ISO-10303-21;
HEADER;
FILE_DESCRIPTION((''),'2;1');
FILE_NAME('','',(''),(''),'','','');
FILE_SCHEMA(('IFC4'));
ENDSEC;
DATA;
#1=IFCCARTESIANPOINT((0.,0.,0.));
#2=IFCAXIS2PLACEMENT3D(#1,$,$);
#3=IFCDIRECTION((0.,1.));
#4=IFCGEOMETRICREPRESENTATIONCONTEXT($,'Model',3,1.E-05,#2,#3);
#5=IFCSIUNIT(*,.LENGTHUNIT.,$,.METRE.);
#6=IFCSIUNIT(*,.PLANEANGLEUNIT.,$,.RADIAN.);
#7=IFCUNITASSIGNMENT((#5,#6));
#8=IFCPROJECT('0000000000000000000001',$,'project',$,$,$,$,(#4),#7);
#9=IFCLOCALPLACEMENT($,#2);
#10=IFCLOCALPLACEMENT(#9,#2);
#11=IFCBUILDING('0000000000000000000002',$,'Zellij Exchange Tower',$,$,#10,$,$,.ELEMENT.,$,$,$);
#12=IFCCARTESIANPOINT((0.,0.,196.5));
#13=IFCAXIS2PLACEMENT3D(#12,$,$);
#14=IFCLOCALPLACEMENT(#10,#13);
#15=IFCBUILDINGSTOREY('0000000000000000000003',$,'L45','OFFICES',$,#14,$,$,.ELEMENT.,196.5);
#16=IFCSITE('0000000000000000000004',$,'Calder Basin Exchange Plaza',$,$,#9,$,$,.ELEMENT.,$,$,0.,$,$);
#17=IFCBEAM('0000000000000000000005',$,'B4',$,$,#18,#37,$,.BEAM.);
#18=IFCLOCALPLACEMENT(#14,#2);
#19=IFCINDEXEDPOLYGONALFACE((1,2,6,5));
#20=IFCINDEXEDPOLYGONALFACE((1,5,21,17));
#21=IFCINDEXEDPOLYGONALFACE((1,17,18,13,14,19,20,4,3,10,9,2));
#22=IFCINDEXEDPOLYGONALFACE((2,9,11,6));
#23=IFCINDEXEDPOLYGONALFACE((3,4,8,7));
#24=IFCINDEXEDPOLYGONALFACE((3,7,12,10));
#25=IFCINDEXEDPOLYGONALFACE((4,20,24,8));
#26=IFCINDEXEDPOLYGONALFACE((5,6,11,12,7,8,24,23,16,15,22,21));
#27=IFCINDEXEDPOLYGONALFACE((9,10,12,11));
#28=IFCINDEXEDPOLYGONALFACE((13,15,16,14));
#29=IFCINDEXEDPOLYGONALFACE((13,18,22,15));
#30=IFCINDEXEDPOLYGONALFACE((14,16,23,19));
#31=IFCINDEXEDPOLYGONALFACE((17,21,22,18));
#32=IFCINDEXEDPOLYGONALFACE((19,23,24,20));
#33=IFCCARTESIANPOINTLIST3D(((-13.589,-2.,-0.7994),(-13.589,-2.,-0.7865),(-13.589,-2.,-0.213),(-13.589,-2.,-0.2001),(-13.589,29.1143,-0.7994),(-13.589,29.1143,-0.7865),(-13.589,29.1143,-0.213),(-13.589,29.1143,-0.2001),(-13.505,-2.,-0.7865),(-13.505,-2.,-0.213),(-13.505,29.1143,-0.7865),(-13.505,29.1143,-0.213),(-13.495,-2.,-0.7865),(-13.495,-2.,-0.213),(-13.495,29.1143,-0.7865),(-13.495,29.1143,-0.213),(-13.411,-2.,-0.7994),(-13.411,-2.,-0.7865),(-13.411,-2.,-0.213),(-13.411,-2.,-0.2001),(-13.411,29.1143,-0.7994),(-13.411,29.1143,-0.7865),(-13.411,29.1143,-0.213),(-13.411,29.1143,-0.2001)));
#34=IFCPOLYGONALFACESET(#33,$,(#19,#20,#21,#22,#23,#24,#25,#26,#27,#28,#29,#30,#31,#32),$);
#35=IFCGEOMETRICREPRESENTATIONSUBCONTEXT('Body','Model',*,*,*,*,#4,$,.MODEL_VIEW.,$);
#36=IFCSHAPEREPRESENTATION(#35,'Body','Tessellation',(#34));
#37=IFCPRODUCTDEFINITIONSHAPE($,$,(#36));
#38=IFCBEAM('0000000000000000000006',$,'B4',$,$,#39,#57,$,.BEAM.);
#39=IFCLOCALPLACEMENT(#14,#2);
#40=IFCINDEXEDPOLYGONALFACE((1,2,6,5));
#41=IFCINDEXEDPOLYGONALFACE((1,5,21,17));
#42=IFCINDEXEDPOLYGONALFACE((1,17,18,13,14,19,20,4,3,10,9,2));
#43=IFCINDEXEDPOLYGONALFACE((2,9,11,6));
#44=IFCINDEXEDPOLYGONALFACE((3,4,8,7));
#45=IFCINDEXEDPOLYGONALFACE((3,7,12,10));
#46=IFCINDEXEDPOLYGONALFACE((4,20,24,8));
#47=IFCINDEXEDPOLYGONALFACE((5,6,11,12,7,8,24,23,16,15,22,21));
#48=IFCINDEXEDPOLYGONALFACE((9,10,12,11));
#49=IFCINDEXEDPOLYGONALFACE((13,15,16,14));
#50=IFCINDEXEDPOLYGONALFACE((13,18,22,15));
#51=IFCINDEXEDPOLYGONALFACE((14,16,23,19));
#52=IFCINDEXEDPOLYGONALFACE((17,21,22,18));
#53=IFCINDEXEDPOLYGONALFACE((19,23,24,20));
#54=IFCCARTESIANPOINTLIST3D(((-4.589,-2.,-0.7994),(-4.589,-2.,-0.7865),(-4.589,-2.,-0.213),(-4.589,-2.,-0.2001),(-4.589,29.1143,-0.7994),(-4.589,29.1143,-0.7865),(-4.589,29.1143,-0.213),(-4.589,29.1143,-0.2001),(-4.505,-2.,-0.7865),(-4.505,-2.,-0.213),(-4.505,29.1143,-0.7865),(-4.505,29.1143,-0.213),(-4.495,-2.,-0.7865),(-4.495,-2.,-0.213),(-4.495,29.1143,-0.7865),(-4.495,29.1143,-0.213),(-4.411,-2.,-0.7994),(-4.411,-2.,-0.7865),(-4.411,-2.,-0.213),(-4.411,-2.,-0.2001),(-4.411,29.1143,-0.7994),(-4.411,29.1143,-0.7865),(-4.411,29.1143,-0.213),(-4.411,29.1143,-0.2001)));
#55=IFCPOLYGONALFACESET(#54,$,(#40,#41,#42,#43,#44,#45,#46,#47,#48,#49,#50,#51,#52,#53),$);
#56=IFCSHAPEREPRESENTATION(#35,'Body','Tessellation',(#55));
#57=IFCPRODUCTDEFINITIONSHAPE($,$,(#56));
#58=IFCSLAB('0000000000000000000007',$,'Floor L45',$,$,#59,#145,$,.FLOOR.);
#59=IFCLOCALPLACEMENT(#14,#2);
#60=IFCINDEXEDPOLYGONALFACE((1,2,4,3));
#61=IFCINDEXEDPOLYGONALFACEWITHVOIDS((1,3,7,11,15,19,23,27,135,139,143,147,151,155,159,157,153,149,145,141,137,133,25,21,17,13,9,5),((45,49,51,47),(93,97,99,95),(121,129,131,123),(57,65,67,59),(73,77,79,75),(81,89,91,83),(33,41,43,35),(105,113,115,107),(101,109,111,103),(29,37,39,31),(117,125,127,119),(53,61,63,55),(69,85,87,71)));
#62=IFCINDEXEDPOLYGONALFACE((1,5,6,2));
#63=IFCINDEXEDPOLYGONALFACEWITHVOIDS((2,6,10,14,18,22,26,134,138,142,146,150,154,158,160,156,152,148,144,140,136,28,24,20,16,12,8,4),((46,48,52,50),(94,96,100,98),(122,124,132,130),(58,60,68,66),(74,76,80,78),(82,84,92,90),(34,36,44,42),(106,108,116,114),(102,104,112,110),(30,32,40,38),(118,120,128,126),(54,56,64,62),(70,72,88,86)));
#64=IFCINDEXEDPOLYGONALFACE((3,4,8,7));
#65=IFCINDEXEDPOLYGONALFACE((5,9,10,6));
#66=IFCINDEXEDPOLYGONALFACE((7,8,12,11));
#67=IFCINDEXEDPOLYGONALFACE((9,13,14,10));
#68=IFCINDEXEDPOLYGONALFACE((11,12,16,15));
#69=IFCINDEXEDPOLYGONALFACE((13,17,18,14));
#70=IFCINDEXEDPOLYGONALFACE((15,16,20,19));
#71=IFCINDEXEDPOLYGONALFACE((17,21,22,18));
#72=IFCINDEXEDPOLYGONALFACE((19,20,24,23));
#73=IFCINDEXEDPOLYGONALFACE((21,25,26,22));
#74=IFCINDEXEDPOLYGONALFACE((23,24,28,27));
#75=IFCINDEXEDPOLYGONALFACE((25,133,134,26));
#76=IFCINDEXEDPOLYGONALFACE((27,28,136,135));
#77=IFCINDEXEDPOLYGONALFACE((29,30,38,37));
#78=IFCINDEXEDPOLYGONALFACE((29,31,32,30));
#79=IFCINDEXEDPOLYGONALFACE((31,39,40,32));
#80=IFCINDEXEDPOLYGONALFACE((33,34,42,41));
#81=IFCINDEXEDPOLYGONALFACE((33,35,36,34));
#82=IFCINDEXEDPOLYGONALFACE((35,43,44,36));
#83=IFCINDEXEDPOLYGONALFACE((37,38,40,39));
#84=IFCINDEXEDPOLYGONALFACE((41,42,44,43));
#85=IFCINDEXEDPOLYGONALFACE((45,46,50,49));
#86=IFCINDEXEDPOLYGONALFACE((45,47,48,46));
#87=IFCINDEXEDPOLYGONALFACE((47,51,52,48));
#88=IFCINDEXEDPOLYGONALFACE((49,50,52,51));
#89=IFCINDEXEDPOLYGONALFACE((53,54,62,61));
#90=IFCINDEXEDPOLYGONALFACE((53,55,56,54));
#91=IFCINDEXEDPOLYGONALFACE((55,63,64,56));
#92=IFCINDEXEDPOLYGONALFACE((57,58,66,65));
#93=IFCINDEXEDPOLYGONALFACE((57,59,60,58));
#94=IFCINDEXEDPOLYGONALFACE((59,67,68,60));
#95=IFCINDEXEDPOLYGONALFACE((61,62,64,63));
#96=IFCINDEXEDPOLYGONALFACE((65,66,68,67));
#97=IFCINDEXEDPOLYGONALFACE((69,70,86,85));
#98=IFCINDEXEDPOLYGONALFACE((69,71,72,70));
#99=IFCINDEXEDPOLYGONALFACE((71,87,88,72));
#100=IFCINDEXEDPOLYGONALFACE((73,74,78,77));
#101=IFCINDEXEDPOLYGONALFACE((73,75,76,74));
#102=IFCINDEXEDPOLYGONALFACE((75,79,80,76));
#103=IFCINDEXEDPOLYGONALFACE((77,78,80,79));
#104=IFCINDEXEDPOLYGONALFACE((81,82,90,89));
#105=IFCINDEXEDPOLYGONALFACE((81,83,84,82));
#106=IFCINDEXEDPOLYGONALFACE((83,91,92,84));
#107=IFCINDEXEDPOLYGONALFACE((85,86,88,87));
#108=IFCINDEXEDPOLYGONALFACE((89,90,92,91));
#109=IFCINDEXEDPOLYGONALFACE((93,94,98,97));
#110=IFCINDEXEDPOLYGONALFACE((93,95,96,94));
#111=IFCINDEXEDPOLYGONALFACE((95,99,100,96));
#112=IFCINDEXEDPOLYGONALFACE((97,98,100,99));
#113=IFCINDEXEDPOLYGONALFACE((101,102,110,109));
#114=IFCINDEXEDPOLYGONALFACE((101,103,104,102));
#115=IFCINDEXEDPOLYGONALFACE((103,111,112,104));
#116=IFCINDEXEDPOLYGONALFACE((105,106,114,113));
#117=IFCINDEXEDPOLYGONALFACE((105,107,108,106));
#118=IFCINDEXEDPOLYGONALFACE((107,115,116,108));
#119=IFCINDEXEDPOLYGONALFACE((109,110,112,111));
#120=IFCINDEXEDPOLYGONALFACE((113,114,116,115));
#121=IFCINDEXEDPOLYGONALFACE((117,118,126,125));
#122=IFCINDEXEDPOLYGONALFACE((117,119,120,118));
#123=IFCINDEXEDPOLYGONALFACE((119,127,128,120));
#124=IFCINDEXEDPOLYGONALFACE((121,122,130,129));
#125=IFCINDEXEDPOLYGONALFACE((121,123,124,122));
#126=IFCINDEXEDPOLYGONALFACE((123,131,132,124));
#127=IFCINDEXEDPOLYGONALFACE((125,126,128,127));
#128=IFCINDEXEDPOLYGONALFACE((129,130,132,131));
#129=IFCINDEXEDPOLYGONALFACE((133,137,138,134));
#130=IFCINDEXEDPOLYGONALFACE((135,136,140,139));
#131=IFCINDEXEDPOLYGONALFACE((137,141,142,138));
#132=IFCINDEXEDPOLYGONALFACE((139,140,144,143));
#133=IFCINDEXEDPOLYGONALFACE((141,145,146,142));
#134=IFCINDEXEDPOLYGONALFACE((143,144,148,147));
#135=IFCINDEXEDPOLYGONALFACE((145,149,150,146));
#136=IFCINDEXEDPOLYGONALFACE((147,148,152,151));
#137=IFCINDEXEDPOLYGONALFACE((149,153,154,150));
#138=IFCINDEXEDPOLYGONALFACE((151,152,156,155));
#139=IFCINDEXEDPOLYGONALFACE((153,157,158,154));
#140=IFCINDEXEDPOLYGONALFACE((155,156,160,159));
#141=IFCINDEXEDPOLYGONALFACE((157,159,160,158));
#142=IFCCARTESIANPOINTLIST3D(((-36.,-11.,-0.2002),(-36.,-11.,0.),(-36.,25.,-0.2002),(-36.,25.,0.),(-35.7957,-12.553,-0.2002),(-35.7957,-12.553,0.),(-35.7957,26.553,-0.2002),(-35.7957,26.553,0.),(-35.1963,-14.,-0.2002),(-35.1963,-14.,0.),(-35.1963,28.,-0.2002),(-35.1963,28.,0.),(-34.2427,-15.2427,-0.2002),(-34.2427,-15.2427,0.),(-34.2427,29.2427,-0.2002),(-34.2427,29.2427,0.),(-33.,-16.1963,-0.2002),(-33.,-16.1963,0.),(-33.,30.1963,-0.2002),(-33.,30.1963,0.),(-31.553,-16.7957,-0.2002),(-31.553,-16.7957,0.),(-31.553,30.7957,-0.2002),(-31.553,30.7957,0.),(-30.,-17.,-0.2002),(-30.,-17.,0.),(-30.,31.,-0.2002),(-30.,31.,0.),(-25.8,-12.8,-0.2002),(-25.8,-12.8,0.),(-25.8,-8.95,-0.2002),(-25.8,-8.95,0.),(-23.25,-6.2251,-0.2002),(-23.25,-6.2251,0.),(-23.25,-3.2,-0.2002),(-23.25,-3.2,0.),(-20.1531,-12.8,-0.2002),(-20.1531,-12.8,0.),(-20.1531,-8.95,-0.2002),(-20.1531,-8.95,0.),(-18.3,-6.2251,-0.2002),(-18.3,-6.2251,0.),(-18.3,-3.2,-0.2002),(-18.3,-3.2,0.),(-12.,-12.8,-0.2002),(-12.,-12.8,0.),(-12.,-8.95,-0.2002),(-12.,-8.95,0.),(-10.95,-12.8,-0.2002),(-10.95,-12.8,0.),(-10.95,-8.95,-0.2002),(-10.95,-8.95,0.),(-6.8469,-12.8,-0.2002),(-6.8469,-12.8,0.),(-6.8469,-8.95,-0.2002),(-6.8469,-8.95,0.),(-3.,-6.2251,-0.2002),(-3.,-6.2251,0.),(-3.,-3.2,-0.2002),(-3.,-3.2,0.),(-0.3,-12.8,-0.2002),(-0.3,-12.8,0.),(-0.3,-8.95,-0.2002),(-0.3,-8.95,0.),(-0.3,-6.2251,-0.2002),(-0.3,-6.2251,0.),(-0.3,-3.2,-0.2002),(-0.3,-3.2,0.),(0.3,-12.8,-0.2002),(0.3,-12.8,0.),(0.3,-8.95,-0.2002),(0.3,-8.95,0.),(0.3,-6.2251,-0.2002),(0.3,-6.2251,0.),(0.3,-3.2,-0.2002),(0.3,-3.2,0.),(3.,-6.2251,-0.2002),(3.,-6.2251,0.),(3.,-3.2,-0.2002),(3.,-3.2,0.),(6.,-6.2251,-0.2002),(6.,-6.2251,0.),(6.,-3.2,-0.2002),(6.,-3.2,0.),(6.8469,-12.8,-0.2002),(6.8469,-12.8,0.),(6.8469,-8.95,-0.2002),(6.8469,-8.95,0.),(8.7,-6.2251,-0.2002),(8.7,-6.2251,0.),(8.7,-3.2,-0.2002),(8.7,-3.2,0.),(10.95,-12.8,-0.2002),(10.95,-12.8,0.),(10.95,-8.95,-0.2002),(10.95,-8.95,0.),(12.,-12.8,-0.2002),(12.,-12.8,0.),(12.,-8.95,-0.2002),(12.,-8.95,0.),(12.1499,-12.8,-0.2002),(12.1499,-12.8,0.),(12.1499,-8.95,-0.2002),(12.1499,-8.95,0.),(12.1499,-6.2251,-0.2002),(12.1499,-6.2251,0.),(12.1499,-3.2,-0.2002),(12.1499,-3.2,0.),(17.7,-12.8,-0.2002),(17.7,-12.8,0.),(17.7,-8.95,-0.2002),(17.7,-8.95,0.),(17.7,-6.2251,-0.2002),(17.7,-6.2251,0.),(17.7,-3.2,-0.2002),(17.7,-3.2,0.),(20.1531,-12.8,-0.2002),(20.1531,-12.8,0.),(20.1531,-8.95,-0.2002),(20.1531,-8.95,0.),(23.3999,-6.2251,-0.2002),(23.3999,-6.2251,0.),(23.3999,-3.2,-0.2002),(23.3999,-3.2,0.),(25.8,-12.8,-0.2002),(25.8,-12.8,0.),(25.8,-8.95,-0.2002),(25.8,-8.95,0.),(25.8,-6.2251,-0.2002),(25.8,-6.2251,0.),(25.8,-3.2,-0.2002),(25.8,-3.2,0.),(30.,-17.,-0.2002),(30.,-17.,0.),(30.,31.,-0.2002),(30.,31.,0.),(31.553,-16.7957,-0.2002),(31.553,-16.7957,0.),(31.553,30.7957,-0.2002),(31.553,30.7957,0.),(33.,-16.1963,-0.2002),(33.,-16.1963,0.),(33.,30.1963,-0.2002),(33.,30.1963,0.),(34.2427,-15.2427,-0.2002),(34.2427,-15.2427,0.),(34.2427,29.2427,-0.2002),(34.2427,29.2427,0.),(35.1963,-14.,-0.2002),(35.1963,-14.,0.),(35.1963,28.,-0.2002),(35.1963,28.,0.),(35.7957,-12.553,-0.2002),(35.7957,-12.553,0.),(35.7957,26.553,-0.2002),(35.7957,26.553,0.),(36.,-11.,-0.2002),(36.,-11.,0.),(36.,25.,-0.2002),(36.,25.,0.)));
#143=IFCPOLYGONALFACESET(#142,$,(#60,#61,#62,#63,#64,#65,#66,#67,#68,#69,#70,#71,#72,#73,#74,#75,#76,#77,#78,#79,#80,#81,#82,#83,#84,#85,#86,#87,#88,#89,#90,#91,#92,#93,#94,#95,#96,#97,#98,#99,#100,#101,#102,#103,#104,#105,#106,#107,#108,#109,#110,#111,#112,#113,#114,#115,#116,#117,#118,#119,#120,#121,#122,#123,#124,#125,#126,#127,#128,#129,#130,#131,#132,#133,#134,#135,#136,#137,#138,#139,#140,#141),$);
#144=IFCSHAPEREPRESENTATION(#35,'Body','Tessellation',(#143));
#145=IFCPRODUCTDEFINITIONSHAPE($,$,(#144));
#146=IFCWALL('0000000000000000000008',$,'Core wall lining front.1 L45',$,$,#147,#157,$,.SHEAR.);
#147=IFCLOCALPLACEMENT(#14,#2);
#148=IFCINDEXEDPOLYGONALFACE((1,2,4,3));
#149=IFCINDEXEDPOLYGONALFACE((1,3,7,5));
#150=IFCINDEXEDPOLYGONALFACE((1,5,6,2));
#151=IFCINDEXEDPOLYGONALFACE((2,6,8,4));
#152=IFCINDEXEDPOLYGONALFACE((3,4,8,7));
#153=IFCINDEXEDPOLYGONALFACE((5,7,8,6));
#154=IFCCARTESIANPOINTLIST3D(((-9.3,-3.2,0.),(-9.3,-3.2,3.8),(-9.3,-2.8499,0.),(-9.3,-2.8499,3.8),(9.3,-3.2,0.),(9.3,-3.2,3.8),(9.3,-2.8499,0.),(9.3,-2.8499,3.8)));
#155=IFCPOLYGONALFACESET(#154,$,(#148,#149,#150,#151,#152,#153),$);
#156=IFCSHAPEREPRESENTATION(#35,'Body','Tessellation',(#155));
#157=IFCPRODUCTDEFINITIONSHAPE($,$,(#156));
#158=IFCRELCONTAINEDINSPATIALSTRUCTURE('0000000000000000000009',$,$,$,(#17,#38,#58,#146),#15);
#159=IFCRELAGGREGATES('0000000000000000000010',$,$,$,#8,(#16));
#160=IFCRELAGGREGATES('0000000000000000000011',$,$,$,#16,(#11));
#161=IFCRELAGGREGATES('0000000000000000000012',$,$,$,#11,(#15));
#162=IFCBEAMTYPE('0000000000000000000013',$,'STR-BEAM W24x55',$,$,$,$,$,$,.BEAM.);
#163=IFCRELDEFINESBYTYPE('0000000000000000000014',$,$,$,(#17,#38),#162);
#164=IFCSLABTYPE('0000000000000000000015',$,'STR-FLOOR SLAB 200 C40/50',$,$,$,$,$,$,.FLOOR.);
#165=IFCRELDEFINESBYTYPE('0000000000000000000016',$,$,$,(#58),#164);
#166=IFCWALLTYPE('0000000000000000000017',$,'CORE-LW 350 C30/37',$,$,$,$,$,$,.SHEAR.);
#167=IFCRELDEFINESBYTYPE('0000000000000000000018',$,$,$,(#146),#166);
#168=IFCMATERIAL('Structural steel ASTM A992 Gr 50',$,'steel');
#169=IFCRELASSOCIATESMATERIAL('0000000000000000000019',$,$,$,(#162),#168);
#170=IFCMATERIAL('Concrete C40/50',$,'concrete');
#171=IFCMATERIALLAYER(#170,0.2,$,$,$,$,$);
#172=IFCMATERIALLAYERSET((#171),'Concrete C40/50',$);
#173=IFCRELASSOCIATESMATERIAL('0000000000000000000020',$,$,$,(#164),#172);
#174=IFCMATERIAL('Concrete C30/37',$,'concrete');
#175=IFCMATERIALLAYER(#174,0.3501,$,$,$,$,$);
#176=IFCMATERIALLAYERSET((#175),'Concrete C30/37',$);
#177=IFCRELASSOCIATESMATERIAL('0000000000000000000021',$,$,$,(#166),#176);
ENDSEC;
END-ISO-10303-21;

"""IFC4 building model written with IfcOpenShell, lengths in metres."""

from ifc_helpers import new_model, si_unit, direction, frame, frame_2d, origin, origin_2d, place, context, subcontext, project, spatial, polyline, rectangle, i_section, outline, extrude, material, layer, layer_set, material_profile, profile_set, type_object, element, save


model = new_model("IFC4")

# Units and contexts
model_context = context("Model", 3, precision=1e-05, world=origin(), true_north=direction((0.0, 1.0)))
body_context = subcontext(model_context, "Body", "Model", "MODEL_VIEW")
ifc_project = project(units=[si_unit("LENGTHUNIT", "METRE"), si_unit("PLANEANGLEUNIT", "RADIAN")], contexts=[model_context])

# Site, building, storey
site_placement = place(None, origin())
site = spatial("IfcSite", under=ifc_project, at=site_placement, Name="Calder Basin Exchange Plaza", CompositionType="ELEMENT", RefElevation=0.0)
building_placement = place(site_placement, origin())
building = spatial("IfcBuilding", under=site, at=building_placement, Name="Zellij Exchange Tower", CompositionType="ELEMENT")
storey_placement = place(building_placement, frame((0.0, 0.0, 196.5)))
storey = spatial("IfcBuildingStorey", under=building, at=storey_placement, Name="L45", Description="OFFICES", CompositionType="ELEMENT", Elevation=196.5)

# Beams
ifc_material_1 = material(Name="Structural steel ASTM A992 Gr 50", Category="steel")
ifc_material_profile = material_profile(ifc_material_1, i_section(OverallWidth=0.178, OverallDepth=0.5994, WebThickness=0.01, FlangeThickness=0.0129, at=origin_2d()), Name="W24x55")
ifc_profile_set = profile_set([ifc_material_profile], Name="Structural steel ASTM A992 Gr 50")
beam_type = type_object("IfcBeamType", Name="STR-BEAM W24x55", PredefinedType="BEAM", material=ifc_profile_set)
for number, where, z_axis, x_axis, name in (
    (1, (-13.5, -2.0, -0.4998), (0.0, 1.0, 0.0), (-1.0, 0.0, 0.0), "B4"),
    (2, (-4.5, -2.0, -0.4998), (0.0, 1.0, 0.0), (-1.0, 0.0, 0.0), "B4"),
):
    element("IfcBeam", number, at=place(storey_placement, frame(where, z_axis=z_axis, x_axis=x_axis)), inside=storey, type_object=beam_type, Name=name, PredefinedType="BEAM", context=body_context, shape_type="SweptSolid", body=[
        extrude(i_section(OverallWidth=0.178, OverallDepth=0.5994, WebThickness=0.01, FlangeThickness=0.0129, at=origin_2d()), origin(), (0.0, 0.0, 1.0), 31.1143),
    ])

# Slab
ifc_material_2 = material(Name="Concrete C40/50", Category="concrete")
ifc_layer_1 = layer(ifc_material_2, 0.2)
ifc_layer_set_1 = layer_set([ifc_layer_1], Name="Concrete C40/50")
slab_type = type_object("IfcSlabType", Name="STR-FLOOR SLAB 200 C40/50", PredefinedType="FLOOR", material=ifc_layer_set_1)
slab_placement = place(storey_placement, frame((0.0, 0.0, -0.2002)))
element("IfcSlab", 3, at=slab_placement, inside=storey, type_object=slab_type, Name="Floor L45", PredefinedType="FLOOR", context=body_context, shape_type="SweptSolid", body=[
    extrude(outline(polyline([(-30.0, -17.0), (-31.553, -16.7957), (-33.0, -16.1963), (-34.2427, -15.2427), (-35.1963, -14.0), (-35.7957, -12.553), (-36.0, -11.0), (-36.0, 25.0), (-35.7957, 26.553), (-35.1963, 28.0), (-34.2427, 29.2427), (-33.0, 30.1963), (-31.553, 30.7957), (-30.0, 31.0), (30.0, 31.0), (31.553, 30.7957), (33.0, 30.1963), (34.2427, 29.2427), (35.1963, 28.0), (35.7957, 26.553), (36.0, 25.0), (36.0, -11.0), (35.7957, -12.553), (35.1963, -14.0), (34.2427, -15.2427), (33.0, -16.1963), (31.553, -16.7957), (30.0, -17.0), (-30.0, -17.0)]), holes=[polyline([(-25.8, -8.95), (-25.8, -12.8), (-20.1531, -12.8), (-20.1531, -8.95), (-25.8, -8.95)]), polyline([(-10.95, -8.95), (-12.0, -8.95), (-12.0, -12.8), (-10.95, -12.8), (-10.95, -8.95)]), polyline([(-0.3, -8.95), (-6.8469, -8.95), (-6.8469, -12.8), (-0.3, -12.8), (-0.3, -8.95)]), polyline([(0.3, -8.95), (0.3, -12.8), (6.8469, -12.8), (6.8469, -8.95), (0.3, -8.95)]), polyline([(-18.3, -3.2), (-23.25, -3.2), (-23.25, -6.2251), (-18.3, -6.2251), (-18.3, -3.2)]), polyline([(-0.3, -3.2), (-3.0, -3.2), (-3.0, -6.2251), (-0.3, -6.2251), (-0.3, -3.2)]), polyline([(0.3, -3.2), (0.3, -6.2251), (3.0, -6.2251), (3.0, -3.2), (0.3, -3.2)]), polyline([(12.0, -8.95), (10.95, -8.95), (10.95, -12.8), (12.0, -12.8), (12.0, -8.95)]), polyline([(17.7, -8.95), (12.1499, -8.95), (12.1499, -12.8), (17.7, -12.8), (17.7, -8.95)]), polyline([(25.8, -8.95), (20.1531, -8.95), (20.1531, -12.8), (25.8, -12.8), (25.8, -8.95)]), polyline([(8.7, -3.2), (6.0, -3.2), (6.0, -6.2251), (8.7, -6.2251), (8.7, -3.2)]), polyline([(17.7, -3.2), (12.1499, -3.2), (12.1499, -6.2251), (17.7, -6.2251), (17.7, -3.2)]), polyline([(25.8, -3.2), (23.3999, -3.2), (23.3999, -6.2251), (25.8, -6.2251), (25.8, -3.2)])]), origin(), (0.0, 0.0, 1.0), 0.2002),
])

# Wall
ifc_material_3 = material(Name="Concrete C30/37", Category="concrete")
ifc_layer_2 = layer(ifc_material_3, 0.3501)
ifc_layer_set_2 = layer_set([ifc_layer_2], Name="Concrete C30/37")
wall_type_1 = type_object("IfcWallType", Name="CORE-LW 350 C30/37", PredefinedType="SHEAR", material=ifc_layer_set_2)
wall_1_placement = place(storey_placement, frame((-9.3, -3.0249, 0.0), z_axis=(0.0, 0.0, 1.0), x_axis=(1.0, 0.0, 0.0)))
element("IfcWall", 4, at=wall_1_placement, inside=storey, type_object=wall_type_1, Name="Core wall lining front.1 L45", PredefinedType="SHEAR", context=body_context, shape_type="SweptSolid", body=[
    extrude(rectangle(XDim=18.6001, YDim=0.3501, at=frame_2d((9.3, 0.0))), origin(), (0.0, 0.0, 1.0), 3.8),
])

save(model, "model.ifc")
